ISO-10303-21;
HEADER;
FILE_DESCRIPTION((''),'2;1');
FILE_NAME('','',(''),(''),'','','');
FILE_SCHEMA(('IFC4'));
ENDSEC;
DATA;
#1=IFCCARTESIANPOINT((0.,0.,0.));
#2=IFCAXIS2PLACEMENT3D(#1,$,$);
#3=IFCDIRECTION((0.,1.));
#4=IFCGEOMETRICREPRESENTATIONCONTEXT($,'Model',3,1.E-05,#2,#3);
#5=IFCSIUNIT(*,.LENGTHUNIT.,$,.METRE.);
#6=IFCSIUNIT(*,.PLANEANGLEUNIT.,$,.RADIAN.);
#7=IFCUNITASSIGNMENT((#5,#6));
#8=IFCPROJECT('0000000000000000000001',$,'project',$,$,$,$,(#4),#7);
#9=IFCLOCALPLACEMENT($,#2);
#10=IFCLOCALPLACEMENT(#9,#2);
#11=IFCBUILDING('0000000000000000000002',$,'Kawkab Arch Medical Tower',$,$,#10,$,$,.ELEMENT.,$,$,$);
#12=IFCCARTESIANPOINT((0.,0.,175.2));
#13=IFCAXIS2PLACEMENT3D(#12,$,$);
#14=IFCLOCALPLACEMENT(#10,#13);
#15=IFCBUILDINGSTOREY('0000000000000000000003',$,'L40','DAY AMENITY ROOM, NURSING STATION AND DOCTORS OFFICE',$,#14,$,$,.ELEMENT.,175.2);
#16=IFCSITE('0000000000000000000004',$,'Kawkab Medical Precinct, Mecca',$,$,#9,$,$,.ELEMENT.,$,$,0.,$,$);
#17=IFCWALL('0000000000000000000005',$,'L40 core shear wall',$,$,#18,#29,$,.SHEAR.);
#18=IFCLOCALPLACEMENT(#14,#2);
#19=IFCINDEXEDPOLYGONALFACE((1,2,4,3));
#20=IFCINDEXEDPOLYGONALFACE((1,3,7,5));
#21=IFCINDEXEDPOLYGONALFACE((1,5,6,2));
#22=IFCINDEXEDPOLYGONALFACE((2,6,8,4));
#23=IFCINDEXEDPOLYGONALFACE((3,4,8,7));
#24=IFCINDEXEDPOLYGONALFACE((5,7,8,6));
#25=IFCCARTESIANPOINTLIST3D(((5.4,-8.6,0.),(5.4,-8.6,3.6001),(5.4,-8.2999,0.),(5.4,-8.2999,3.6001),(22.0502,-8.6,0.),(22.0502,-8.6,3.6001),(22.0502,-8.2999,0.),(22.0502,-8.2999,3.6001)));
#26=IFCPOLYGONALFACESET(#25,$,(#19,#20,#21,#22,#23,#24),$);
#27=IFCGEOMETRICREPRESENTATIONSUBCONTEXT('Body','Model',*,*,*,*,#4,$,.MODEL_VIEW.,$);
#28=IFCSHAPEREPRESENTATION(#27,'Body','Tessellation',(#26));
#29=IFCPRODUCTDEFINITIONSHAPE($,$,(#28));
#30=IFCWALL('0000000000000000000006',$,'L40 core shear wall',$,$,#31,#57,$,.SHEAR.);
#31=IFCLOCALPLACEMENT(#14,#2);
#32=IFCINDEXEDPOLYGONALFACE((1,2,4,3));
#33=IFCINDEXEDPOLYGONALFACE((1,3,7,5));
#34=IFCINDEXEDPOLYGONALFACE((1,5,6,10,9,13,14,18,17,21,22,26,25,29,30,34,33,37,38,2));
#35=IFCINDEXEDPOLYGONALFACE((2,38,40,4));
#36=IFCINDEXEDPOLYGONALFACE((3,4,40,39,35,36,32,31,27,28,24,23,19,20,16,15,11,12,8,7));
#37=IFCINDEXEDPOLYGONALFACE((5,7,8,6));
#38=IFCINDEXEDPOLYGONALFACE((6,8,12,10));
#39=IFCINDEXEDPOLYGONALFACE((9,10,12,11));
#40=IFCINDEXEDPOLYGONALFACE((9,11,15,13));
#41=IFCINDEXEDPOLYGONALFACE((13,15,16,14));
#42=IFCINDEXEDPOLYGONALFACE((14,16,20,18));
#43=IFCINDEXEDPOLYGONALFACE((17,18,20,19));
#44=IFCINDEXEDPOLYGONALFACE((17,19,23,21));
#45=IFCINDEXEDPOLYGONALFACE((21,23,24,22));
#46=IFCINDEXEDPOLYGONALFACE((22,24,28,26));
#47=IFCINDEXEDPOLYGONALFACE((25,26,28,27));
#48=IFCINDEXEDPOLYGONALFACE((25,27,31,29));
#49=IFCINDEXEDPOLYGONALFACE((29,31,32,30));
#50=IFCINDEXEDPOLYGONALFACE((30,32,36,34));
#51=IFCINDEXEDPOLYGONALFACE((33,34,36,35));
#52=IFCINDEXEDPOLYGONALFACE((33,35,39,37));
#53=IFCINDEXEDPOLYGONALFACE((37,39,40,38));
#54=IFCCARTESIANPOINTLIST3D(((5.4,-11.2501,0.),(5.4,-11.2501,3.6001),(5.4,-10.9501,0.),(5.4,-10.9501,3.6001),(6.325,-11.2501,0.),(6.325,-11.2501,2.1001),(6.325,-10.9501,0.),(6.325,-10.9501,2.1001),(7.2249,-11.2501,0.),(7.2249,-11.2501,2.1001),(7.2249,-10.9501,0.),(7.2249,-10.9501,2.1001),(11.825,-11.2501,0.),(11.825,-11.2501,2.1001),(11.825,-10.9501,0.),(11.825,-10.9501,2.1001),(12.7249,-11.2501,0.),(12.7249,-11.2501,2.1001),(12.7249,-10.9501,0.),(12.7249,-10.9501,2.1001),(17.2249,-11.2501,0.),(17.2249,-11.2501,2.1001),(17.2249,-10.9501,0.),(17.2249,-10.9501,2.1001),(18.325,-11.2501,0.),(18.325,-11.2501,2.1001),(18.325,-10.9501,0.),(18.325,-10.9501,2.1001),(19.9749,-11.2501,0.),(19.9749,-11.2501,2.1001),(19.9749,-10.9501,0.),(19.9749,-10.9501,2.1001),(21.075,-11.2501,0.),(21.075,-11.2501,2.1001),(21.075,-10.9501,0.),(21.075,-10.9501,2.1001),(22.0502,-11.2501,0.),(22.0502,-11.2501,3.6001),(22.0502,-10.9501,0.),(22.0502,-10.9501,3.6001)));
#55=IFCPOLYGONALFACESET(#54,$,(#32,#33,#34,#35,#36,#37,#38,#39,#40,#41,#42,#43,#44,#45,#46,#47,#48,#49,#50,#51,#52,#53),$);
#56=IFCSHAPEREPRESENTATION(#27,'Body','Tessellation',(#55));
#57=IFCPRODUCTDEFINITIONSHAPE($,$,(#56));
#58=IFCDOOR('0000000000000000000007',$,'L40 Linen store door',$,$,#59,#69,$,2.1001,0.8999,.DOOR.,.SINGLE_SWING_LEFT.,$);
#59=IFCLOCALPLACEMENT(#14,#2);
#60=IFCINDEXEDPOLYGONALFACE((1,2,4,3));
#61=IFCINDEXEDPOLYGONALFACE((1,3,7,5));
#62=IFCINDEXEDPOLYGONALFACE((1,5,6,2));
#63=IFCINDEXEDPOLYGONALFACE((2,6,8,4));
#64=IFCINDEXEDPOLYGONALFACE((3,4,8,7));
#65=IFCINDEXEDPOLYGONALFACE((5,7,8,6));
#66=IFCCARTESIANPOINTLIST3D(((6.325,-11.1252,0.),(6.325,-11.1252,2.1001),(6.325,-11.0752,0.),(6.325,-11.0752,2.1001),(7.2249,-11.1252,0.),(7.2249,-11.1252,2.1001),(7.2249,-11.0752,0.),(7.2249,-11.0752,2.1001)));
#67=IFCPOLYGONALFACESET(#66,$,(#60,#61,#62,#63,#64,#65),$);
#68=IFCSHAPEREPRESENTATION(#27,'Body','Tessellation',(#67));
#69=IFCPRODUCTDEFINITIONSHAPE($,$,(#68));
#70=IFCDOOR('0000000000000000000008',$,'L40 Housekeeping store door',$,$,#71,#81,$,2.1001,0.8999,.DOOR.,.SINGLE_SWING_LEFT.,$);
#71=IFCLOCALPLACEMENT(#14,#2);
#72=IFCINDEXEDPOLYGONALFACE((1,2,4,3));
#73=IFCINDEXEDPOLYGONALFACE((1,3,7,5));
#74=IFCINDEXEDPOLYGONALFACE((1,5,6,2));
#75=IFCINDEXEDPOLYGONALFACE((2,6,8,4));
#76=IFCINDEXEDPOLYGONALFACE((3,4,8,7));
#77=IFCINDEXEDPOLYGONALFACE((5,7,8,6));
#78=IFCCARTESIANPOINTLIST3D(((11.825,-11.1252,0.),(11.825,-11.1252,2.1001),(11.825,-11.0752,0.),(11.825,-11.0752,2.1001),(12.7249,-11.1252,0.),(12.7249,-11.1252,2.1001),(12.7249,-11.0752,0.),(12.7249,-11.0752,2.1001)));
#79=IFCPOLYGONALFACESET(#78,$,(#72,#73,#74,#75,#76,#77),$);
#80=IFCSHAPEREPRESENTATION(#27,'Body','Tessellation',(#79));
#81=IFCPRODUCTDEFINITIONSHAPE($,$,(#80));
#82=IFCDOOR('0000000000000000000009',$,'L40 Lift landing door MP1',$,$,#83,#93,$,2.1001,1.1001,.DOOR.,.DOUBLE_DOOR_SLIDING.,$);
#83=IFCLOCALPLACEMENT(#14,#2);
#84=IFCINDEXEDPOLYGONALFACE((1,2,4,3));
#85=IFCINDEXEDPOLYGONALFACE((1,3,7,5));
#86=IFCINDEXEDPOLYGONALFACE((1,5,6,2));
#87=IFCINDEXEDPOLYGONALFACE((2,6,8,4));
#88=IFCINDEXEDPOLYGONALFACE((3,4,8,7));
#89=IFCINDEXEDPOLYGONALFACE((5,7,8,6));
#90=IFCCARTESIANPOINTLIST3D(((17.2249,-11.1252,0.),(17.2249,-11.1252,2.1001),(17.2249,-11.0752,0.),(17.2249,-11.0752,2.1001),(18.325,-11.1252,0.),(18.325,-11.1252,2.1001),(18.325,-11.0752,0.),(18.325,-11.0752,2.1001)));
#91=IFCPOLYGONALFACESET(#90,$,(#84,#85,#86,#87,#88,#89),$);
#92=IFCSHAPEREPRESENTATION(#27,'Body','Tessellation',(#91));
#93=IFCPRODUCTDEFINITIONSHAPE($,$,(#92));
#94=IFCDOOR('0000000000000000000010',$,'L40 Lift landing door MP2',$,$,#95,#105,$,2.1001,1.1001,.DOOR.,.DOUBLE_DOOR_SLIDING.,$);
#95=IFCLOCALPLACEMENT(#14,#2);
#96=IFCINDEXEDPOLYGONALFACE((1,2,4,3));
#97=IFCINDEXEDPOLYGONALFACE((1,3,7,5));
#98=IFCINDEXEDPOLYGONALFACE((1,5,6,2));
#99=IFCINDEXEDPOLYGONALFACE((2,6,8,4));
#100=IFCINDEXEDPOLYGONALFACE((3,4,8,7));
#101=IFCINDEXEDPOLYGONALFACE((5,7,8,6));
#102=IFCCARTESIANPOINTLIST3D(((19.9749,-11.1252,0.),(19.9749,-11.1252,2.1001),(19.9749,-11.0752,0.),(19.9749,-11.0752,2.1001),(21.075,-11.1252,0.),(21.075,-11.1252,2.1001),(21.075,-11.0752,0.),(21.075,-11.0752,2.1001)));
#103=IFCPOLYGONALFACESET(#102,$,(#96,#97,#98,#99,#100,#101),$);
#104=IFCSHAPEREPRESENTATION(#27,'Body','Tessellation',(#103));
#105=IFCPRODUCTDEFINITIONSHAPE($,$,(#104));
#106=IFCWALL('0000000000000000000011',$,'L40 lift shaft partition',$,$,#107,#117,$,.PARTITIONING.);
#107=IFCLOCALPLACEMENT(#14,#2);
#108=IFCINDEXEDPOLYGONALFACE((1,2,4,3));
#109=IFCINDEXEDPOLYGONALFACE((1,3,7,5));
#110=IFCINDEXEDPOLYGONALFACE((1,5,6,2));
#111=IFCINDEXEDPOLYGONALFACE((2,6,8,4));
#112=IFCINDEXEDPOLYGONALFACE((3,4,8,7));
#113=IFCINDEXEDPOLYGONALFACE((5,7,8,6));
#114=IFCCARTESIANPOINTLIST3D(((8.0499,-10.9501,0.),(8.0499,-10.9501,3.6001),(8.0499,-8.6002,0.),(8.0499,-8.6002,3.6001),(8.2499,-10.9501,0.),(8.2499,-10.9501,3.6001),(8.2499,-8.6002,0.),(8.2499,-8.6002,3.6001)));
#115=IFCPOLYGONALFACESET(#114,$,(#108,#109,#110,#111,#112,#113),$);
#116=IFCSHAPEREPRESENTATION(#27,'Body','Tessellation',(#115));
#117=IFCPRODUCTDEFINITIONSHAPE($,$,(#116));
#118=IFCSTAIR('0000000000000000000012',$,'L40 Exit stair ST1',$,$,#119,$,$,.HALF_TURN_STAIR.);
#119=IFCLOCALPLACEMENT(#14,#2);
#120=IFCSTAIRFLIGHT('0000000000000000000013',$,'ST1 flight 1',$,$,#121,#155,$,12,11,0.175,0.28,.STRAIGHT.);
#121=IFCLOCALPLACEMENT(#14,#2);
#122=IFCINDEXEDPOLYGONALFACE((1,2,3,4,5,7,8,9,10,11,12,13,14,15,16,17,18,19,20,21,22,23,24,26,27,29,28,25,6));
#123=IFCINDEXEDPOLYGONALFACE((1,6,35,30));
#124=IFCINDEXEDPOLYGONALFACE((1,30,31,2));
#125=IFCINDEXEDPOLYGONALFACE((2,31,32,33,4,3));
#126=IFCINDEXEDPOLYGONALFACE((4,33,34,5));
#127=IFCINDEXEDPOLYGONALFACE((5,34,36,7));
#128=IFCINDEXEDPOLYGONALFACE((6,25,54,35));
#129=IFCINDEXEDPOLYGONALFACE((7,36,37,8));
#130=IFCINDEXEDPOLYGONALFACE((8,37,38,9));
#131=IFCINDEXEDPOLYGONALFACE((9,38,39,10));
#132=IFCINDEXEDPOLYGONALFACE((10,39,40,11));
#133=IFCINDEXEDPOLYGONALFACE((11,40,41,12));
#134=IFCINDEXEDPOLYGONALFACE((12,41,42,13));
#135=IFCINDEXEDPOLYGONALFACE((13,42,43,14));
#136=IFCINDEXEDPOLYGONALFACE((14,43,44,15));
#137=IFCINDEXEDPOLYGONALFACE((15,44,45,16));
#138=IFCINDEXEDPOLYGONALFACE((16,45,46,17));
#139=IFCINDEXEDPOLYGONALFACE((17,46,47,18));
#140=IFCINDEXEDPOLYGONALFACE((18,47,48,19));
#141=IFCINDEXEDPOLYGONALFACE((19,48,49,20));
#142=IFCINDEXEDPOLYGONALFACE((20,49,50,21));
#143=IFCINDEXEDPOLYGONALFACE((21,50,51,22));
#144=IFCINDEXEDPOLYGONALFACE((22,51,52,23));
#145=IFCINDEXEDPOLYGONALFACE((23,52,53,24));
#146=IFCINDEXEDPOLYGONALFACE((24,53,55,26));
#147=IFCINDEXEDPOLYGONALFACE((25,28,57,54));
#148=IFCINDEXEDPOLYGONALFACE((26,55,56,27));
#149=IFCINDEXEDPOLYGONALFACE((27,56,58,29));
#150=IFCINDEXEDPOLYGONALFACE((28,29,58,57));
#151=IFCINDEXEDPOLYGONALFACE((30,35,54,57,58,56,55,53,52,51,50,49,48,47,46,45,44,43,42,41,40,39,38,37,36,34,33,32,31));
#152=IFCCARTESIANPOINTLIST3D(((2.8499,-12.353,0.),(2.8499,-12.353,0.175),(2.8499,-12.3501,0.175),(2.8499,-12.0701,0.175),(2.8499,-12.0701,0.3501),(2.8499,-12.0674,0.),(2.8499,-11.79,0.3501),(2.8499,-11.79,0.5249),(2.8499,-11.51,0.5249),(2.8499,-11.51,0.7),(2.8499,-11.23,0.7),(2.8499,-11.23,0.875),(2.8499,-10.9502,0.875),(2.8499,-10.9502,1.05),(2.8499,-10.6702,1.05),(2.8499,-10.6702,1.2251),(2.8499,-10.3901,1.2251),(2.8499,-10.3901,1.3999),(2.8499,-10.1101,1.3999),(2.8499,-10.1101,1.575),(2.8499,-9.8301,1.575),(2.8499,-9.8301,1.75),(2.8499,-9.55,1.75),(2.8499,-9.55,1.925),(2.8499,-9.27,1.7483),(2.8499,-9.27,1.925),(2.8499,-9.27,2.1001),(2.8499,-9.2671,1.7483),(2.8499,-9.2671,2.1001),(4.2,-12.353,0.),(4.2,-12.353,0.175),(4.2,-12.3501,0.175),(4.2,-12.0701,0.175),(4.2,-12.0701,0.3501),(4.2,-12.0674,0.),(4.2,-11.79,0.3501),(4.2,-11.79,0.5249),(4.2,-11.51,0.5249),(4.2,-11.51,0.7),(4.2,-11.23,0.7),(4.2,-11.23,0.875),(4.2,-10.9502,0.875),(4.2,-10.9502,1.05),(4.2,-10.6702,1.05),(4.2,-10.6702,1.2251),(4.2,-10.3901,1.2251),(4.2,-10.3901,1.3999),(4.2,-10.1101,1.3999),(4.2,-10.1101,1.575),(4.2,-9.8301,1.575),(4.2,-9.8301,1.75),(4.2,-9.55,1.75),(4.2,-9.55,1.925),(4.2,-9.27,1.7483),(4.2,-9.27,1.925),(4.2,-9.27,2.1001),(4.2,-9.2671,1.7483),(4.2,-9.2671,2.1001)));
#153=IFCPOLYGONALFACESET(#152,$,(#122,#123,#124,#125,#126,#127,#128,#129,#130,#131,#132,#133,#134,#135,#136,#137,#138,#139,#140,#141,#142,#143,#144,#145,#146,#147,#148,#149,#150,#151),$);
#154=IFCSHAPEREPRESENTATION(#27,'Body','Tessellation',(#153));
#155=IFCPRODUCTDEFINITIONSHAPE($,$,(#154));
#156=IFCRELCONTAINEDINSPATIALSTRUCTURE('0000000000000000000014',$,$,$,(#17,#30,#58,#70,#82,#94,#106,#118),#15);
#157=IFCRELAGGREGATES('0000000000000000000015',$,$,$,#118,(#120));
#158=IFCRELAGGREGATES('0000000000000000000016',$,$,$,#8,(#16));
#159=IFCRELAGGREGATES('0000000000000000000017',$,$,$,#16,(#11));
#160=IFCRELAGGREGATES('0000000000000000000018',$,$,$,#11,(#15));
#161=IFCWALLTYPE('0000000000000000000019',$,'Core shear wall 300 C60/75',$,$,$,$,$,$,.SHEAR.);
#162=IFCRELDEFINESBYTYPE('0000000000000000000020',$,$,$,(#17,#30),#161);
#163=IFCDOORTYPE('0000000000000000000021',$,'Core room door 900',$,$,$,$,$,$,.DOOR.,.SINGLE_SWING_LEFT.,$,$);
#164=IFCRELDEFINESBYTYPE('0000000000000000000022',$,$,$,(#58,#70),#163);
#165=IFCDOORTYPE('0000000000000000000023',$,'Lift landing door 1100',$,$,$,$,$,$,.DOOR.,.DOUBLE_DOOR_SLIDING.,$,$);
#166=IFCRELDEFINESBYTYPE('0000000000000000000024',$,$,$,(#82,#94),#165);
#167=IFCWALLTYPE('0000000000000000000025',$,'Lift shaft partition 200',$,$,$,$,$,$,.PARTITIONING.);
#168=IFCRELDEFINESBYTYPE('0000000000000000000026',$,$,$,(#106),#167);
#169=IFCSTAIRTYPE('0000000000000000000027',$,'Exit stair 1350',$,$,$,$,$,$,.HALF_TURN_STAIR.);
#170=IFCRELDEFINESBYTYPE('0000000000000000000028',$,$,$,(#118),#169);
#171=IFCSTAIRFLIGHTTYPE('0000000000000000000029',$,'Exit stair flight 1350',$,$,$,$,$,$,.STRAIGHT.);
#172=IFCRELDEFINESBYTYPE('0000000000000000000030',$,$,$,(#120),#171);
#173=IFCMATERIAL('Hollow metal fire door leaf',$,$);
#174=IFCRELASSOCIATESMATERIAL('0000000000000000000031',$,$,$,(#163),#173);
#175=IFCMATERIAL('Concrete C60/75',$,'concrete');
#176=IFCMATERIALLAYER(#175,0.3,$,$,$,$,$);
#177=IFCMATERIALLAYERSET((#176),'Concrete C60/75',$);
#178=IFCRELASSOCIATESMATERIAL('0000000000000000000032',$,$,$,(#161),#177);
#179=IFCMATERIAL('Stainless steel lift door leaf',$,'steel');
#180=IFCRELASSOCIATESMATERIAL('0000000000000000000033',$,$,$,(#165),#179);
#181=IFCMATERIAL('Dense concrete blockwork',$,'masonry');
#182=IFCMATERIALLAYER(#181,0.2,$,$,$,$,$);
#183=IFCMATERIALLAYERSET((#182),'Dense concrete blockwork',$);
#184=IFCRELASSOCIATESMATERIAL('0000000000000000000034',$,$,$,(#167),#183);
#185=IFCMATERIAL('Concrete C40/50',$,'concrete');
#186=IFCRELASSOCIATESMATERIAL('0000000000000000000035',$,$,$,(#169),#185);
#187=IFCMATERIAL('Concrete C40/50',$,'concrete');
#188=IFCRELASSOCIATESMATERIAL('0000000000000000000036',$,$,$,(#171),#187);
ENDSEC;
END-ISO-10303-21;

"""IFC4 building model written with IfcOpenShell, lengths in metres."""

from ifc_helpers import new_model, si_unit, direction, frame, frame_2d, origin, place, context, subcontext, project, spatial, polyline, rectangle, outline, extrude, material, layer, layer_set, type_object, element, fill, aggregate, save


model = new_model("IFC4")

# Units and contexts
model_context = context("Model", 3, precision=1e-05, world=origin(), true_north=direction((0.0, 1.0)))
body_context = subcontext(model_context, "Body", "Model", "MODEL_VIEW")
ifc_project = project(units=[si_unit("LENGTHUNIT", "METRE"), si_unit("PLANEANGLEUNIT", "RADIAN")], contexts=[model_context])

# Site, building, storey
site_placement = place(None, origin())
site = spatial("IfcSite", under=ifc_project, at=site_placement, Name="Kawkab Medical Precinct, Mecca", CompositionType="ELEMENT", RefElevation=0.0)
building_placement = place(site_placement, origin())
building = spatial("IfcBuilding", under=site, at=building_placement, Name="Kawkab Arch Medical Tower", CompositionType="ELEMENT")
storey_placement = place(building_placement, frame((0.0, 0.0, 175.2)))
storey = spatial("IfcBuildingStorey", under=building, at=storey_placement, Name="L40", Description="DAY AMENITY ROOM, NURSING STATION AND DOCTORS OFFICE", CompositionType="ELEMENT", Elevation=175.2)

# Shared definitions
ifc_material_1 = material(Name="Hollow metal fire door leaf")
door_type_1 = type_object("IfcDoorType", Name="Core room door 900", OperationType="SINGLE_SWING_LEFT", PredefinedType="DOOR", material=ifc_material_1)

# Wall
ifc_material_2 = material(Name="Concrete C60/75", Category="concrete")
ifc_layer_1 = layer(ifc_material_2, 0.3)
ifc_layer_set_1 = layer_set([ifc_layer_1], Name="Concrete C60/75")
wall_type_1 = type_object("IfcWallType", Name="Core shear wall 300 C60/75", PredefinedType="SHEAR", material=ifc_layer_set_1)
wall_1_placement = place(storey_placement, frame((5.3999, -8.45, 0.0), z_axis=(0.0, 0.0, 1.0), x_axis=(1.0, 0.0, 0.0)))
element("IfcWall", 1, at=wall_1_placement, inside=storey, type_object=wall_type_1, Name="L40 core shear wall", PredefinedType="SHEAR", context=body_context, shape_type="SweptSolid", body=[
    extrude(rectangle(XDim=16.6501, YDim=0.3, at=frame_2d((8.3252, 0.0))), origin(), (0.0, 0.0, 1.0), 3.6001),
])

# Wall, openings, doors
wall_2_placement = place(storey_placement, frame((5.3999, -11.1001, 0.0), z_axis=(0.0, 0.0, 1.0), x_axis=(1.0, 0.0, 0.0)))
wall_2 = element("IfcWall", 2, at=wall_2_placement, inside=storey, type_object=wall_type_1, Name="L40 core shear wall", PredefinedType="SHEAR", context=body_context, shape_type="SweptSolid", body=[
    extrude(rectangle(XDim=16.6501, YDim=0.3, at=frame_2d((8.3252, 0.0))), origin(), (0.0, 0.0, 1.0), 3.6001),
])
opening_1_placement = place(wall_2_placement, frame((11.825, 0.0, 0.0)))
opening_1 = element("IfcOpeningElement", 3, at=opening_1_placement, cuts=wall_2, PredefinedType="OPENING", context=body_context, shape_type="SweptSolid", body=[
    extrude(rectangle(XDim=1.1001, YDim=2.1001, at=frame_2d((0.55, 1.05))), frame((0.0, 0.1599, 0.0), z_axis=(0.0, -1.0, 0.0), x_axis=(1.0, 0.0, 0.0)), (0.0, 0.0, 1.0), 0.3201),
])
opening_2_placement = place(wall_2_placement, frame((14.575, 0.0, 0.0)))
opening_2 = element("IfcOpeningElement", 4, at=opening_2_placement, cuts=wall_2, PredefinedType="OPENING", context=body_context, shape_type="SweptSolid", body=[
    extrude(rectangle(XDim=1.1001, YDim=2.1001, at=frame_2d((0.55, 1.05))), frame((0.0, 0.1599, 0.0), z_axis=(0.0, -1.0, 0.0), x_axis=(1.0, 0.0, 0.0)), (0.0, 0.0, 1.0), 0.3201),
])
opening_3_placement = place(wall_2_placement, frame((0.925, 0.0, 0.0)))
opening_3 = element("IfcOpeningElement", 5, at=opening_3_placement, cuts=wall_2, PredefinedType="OPENING", context=body_context, shape_type="SweptSolid", body=[
    extrude(rectangle(XDim=0.8999, YDim=2.1001, at=frame_2d((0.45, 1.05))), frame((0.0, 0.1599, 0.0), z_axis=(0.0, -1.0, 0.0), x_axis=(1.0, 0.0, 0.0)), (0.0, 0.0, 1.0), 0.3201),
])
opening_4_placement = place(wall_2_placement, frame((6.425, 0.0, 0.0)))
opening_4 = element("IfcOpeningElement", 6, at=opening_4_placement, cuts=wall_2, PredefinedType="OPENING", context=body_context, shape_type="SweptSolid", body=[
    extrude(rectangle(XDim=0.8999, YDim=2.1001, at=frame_2d((0.45, 1.05))), frame((0.0, 0.1599, 0.0), z_axis=(0.0, -1.0, 0.0), x_axis=(1.0, 0.0, 0.0)), (0.0, 0.0, 1.0), 0.3201),
])
door_1_placement = place(opening_3_placement, origin())
door_1 = element("IfcDoor", 7, at=door_1_placement, inside=storey, type_object=door_type_1, Name="L40 Linen store door", OperationType="SINGLE_SWING_LEFT", OverallHeight=2.1001, OverallWidth=0.8999, PredefinedType="DOOR", context=body_context, shape_type="SweptSolid", body=[
    extrude(rectangle(XDim=0.8999, YDim=2.1001, at=frame_2d((0.45, 1.05))), frame((0.0, 0.0249, 0.0), z_axis=(0.0, -1.0, 0.0), x_axis=(1.0, 0.0, 0.0)), (0.0, 0.0, 1.0), 0.05),
])
fill(opening_3, door_1)
door_2_placement = place(opening_4_placement, origin())
door_2 = element("IfcDoor", 8, at=door_2_placement, inside=storey, type_object=door_type_1, Name="L40 Housekeeping store door", OperationType="SINGLE_SWING_LEFT", OverallHeight=2.1001, OverallWidth=0.8999, PredefinedType="DOOR", context=body_context, shape_type="SweptSolid", body=[
    extrude(rectangle(XDim=0.8999, YDim=2.1001, at=frame_2d((0.45, 1.05))), frame((0.0, 0.0249, 0.0), z_axis=(0.0, -1.0, 0.0), x_axis=(1.0, 0.0, 0.0)), (0.0, 0.0, 1.0), 0.05),
])
fill(opening_4, door_2)
ifc_material_3 = material(Name="Stainless steel lift door leaf", Category="steel")
door_type_2 = type_object("IfcDoorType", Name="Lift landing door 1100", OperationType="DOUBLE_DOOR_SLIDING", PredefinedType="DOOR", material=ifc_material_3)
door_3_placement = place(opening_1_placement, origin())
door_3 = element("IfcDoor", 9, at=door_3_placement, inside=storey, type_object=door_type_2, Name="L40 Lift landing door MP1", OperationType="DOUBLE_DOOR_SLIDING", OverallHeight=2.1001, OverallWidth=1.1001, PredefinedType="DOOR", context=body_context, shape_type="SweptSolid", body=[
    extrude(rectangle(XDim=1.1001, YDim=2.1001, at=frame_2d((0.55, 1.05))), frame((0.0, 0.0249, 0.0), z_axis=(0.0, -1.0, 0.0), x_axis=(1.0, 0.0, 0.0)), (0.0, 0.0, 1.0), 0.05),
])
fill(opening_1, door_3)
door_4_placement = place(opening_2_placement, origin())
door_4 = element("IfcDoor", 10, at=door_4_placement, inside=storey, type_object=door_type_2, Name="L40 Lift landing door MP2", OperationType="DOUBLE_DOOR_SLIDING", OverallHeight=2.1001, OverallWidth=1.1001, PredefinedType="DOOR", context=body_context, shape_type="SweptSolid", body=[
    extrude(rectangle(XDim=1.1001, YDim=2.1001, at=frame_2d((0.55, 1.05))), frame((0.0, 0.0249, 0.0), z_axis=(0.0, -1.0, 0.0), x_axis=(1.0, 0.0, 0.0)), (0.0, 0.0, 1.0), 0.05),
])
fill(opening_2, door_4)

# Wall
ifc_material_4 = material(Name="Dense concrete blockwork", Category="masonry")
ifc_layer_2 = layer(ifc_material_4, 0.2)
ifc_layer_set_2 = layer_set([ifc_layer_2], Name="Dense concrete blockwork")
wall_type_2 = type_object("IfcWallType", Name="Lift shaft partition 200", PredefinedType="PARTITIONING", material=ifc_layer_set_2)
wall_3_placement = place(storey_placement, frame((8.1499, -10.95, 0.0), z_axis=(0.0, 0.0, 1.0), x_axis=(0.0, 1.0, 0.0)))
element("IfcWall", 11, at=wall_3_placement, inside=storey, type_object=wall_type_2, Name="L40 lift shaft partition", PredefinedType="PARTITIONING", context=body_context, shape_type="SweptSolid", body=[
    extrude(rectangle(XDim=2.3499, YDim=0.2, at=frame_2d((1.1748, 0.0))), origin(), (0.0, 0.0, 1.0), 3.6001),
])

# Stair, stair flight
ifc_material_5 = material(Name="Concrete C40/50", Category="concrete")
stair_type = type_object("IfcStairType", Name="Exit stair 1350", PredefinedType="HALF_TURN_STAIR", material=ifc_material_5)
stair_placement = place(storey_placement, origin())
stair = element("IfcStair", 12, at=stair_placement, inside=storey, type_object=stair_type, Name="L40 Exit stair ST1", PredefinedType="HALF_TURN_STAIR")
ifc_material_6 = material(Name="Concrete C40/50", Category="concrete")
stair_flight_type = type_object("IfcStairFlightType", Name="Exit stair flight 1350", PredefinedType="STRAIGHT", material=ifc_material_6)
stair_flight_placement = place(storey_placement, frame((3.5249, -12.3501, 0.0), z_axis=(0.0, 0.0, 1.0), x_axis=(0.0, 1.0, 0.0)))
stair_flight = element("IfcStairFlight", 13, at=stair_flight_placement, type_object=stair_flight_type, Name="ST1 flight 1", NumberOfRisers=12, NumberOfTreads=11, PredefinedType="STRAIGHT", RiserHeight=0.175, TreadLength=0.28, context=body_context, shape_type="SweptSolid", body=[
    extrude(outline(polyline([(-0.0029, 0.0), (-0.0029, 0.175), (0.0, 0.175), (0.28, 0.175), (0.28, 0.3501), (0.5601, 0.3501), (0.5601, 0.5249), (0.8401, 0.5249), (0.8401, 0.7), (1.1201, 0.7), (1.1201, 0.875), (1.3999, 0.875), (1.3999, 1.05), (1.6799, 1.05), (1.6799, 1.2251), (1.96, 1.2251), (1.96, 1.3999), (2.24, 1.3999), (2.24, 1.575), (2.52, 1.575), (2.52, 1.75), (2.8, 1.75), (2.8, 1.925), (3.0801, 1.925), (3.0801, 2.1001), (3.083, 2.1001), (3.083, 1.7483), (3.0801, 1.7483), (0.2827, 0.0), (-0.0029, 0.0)])), frame((0.0, 0.675, 0.0), z_axis=(0.0, -1.0, 0.0), x_axis=(1.0, 0.0, 0.0)), (0.0, 0.0, 1.0), 1.3501),
])
aggregate(stair, [stair_flight])

save(model, "model.ifc")
